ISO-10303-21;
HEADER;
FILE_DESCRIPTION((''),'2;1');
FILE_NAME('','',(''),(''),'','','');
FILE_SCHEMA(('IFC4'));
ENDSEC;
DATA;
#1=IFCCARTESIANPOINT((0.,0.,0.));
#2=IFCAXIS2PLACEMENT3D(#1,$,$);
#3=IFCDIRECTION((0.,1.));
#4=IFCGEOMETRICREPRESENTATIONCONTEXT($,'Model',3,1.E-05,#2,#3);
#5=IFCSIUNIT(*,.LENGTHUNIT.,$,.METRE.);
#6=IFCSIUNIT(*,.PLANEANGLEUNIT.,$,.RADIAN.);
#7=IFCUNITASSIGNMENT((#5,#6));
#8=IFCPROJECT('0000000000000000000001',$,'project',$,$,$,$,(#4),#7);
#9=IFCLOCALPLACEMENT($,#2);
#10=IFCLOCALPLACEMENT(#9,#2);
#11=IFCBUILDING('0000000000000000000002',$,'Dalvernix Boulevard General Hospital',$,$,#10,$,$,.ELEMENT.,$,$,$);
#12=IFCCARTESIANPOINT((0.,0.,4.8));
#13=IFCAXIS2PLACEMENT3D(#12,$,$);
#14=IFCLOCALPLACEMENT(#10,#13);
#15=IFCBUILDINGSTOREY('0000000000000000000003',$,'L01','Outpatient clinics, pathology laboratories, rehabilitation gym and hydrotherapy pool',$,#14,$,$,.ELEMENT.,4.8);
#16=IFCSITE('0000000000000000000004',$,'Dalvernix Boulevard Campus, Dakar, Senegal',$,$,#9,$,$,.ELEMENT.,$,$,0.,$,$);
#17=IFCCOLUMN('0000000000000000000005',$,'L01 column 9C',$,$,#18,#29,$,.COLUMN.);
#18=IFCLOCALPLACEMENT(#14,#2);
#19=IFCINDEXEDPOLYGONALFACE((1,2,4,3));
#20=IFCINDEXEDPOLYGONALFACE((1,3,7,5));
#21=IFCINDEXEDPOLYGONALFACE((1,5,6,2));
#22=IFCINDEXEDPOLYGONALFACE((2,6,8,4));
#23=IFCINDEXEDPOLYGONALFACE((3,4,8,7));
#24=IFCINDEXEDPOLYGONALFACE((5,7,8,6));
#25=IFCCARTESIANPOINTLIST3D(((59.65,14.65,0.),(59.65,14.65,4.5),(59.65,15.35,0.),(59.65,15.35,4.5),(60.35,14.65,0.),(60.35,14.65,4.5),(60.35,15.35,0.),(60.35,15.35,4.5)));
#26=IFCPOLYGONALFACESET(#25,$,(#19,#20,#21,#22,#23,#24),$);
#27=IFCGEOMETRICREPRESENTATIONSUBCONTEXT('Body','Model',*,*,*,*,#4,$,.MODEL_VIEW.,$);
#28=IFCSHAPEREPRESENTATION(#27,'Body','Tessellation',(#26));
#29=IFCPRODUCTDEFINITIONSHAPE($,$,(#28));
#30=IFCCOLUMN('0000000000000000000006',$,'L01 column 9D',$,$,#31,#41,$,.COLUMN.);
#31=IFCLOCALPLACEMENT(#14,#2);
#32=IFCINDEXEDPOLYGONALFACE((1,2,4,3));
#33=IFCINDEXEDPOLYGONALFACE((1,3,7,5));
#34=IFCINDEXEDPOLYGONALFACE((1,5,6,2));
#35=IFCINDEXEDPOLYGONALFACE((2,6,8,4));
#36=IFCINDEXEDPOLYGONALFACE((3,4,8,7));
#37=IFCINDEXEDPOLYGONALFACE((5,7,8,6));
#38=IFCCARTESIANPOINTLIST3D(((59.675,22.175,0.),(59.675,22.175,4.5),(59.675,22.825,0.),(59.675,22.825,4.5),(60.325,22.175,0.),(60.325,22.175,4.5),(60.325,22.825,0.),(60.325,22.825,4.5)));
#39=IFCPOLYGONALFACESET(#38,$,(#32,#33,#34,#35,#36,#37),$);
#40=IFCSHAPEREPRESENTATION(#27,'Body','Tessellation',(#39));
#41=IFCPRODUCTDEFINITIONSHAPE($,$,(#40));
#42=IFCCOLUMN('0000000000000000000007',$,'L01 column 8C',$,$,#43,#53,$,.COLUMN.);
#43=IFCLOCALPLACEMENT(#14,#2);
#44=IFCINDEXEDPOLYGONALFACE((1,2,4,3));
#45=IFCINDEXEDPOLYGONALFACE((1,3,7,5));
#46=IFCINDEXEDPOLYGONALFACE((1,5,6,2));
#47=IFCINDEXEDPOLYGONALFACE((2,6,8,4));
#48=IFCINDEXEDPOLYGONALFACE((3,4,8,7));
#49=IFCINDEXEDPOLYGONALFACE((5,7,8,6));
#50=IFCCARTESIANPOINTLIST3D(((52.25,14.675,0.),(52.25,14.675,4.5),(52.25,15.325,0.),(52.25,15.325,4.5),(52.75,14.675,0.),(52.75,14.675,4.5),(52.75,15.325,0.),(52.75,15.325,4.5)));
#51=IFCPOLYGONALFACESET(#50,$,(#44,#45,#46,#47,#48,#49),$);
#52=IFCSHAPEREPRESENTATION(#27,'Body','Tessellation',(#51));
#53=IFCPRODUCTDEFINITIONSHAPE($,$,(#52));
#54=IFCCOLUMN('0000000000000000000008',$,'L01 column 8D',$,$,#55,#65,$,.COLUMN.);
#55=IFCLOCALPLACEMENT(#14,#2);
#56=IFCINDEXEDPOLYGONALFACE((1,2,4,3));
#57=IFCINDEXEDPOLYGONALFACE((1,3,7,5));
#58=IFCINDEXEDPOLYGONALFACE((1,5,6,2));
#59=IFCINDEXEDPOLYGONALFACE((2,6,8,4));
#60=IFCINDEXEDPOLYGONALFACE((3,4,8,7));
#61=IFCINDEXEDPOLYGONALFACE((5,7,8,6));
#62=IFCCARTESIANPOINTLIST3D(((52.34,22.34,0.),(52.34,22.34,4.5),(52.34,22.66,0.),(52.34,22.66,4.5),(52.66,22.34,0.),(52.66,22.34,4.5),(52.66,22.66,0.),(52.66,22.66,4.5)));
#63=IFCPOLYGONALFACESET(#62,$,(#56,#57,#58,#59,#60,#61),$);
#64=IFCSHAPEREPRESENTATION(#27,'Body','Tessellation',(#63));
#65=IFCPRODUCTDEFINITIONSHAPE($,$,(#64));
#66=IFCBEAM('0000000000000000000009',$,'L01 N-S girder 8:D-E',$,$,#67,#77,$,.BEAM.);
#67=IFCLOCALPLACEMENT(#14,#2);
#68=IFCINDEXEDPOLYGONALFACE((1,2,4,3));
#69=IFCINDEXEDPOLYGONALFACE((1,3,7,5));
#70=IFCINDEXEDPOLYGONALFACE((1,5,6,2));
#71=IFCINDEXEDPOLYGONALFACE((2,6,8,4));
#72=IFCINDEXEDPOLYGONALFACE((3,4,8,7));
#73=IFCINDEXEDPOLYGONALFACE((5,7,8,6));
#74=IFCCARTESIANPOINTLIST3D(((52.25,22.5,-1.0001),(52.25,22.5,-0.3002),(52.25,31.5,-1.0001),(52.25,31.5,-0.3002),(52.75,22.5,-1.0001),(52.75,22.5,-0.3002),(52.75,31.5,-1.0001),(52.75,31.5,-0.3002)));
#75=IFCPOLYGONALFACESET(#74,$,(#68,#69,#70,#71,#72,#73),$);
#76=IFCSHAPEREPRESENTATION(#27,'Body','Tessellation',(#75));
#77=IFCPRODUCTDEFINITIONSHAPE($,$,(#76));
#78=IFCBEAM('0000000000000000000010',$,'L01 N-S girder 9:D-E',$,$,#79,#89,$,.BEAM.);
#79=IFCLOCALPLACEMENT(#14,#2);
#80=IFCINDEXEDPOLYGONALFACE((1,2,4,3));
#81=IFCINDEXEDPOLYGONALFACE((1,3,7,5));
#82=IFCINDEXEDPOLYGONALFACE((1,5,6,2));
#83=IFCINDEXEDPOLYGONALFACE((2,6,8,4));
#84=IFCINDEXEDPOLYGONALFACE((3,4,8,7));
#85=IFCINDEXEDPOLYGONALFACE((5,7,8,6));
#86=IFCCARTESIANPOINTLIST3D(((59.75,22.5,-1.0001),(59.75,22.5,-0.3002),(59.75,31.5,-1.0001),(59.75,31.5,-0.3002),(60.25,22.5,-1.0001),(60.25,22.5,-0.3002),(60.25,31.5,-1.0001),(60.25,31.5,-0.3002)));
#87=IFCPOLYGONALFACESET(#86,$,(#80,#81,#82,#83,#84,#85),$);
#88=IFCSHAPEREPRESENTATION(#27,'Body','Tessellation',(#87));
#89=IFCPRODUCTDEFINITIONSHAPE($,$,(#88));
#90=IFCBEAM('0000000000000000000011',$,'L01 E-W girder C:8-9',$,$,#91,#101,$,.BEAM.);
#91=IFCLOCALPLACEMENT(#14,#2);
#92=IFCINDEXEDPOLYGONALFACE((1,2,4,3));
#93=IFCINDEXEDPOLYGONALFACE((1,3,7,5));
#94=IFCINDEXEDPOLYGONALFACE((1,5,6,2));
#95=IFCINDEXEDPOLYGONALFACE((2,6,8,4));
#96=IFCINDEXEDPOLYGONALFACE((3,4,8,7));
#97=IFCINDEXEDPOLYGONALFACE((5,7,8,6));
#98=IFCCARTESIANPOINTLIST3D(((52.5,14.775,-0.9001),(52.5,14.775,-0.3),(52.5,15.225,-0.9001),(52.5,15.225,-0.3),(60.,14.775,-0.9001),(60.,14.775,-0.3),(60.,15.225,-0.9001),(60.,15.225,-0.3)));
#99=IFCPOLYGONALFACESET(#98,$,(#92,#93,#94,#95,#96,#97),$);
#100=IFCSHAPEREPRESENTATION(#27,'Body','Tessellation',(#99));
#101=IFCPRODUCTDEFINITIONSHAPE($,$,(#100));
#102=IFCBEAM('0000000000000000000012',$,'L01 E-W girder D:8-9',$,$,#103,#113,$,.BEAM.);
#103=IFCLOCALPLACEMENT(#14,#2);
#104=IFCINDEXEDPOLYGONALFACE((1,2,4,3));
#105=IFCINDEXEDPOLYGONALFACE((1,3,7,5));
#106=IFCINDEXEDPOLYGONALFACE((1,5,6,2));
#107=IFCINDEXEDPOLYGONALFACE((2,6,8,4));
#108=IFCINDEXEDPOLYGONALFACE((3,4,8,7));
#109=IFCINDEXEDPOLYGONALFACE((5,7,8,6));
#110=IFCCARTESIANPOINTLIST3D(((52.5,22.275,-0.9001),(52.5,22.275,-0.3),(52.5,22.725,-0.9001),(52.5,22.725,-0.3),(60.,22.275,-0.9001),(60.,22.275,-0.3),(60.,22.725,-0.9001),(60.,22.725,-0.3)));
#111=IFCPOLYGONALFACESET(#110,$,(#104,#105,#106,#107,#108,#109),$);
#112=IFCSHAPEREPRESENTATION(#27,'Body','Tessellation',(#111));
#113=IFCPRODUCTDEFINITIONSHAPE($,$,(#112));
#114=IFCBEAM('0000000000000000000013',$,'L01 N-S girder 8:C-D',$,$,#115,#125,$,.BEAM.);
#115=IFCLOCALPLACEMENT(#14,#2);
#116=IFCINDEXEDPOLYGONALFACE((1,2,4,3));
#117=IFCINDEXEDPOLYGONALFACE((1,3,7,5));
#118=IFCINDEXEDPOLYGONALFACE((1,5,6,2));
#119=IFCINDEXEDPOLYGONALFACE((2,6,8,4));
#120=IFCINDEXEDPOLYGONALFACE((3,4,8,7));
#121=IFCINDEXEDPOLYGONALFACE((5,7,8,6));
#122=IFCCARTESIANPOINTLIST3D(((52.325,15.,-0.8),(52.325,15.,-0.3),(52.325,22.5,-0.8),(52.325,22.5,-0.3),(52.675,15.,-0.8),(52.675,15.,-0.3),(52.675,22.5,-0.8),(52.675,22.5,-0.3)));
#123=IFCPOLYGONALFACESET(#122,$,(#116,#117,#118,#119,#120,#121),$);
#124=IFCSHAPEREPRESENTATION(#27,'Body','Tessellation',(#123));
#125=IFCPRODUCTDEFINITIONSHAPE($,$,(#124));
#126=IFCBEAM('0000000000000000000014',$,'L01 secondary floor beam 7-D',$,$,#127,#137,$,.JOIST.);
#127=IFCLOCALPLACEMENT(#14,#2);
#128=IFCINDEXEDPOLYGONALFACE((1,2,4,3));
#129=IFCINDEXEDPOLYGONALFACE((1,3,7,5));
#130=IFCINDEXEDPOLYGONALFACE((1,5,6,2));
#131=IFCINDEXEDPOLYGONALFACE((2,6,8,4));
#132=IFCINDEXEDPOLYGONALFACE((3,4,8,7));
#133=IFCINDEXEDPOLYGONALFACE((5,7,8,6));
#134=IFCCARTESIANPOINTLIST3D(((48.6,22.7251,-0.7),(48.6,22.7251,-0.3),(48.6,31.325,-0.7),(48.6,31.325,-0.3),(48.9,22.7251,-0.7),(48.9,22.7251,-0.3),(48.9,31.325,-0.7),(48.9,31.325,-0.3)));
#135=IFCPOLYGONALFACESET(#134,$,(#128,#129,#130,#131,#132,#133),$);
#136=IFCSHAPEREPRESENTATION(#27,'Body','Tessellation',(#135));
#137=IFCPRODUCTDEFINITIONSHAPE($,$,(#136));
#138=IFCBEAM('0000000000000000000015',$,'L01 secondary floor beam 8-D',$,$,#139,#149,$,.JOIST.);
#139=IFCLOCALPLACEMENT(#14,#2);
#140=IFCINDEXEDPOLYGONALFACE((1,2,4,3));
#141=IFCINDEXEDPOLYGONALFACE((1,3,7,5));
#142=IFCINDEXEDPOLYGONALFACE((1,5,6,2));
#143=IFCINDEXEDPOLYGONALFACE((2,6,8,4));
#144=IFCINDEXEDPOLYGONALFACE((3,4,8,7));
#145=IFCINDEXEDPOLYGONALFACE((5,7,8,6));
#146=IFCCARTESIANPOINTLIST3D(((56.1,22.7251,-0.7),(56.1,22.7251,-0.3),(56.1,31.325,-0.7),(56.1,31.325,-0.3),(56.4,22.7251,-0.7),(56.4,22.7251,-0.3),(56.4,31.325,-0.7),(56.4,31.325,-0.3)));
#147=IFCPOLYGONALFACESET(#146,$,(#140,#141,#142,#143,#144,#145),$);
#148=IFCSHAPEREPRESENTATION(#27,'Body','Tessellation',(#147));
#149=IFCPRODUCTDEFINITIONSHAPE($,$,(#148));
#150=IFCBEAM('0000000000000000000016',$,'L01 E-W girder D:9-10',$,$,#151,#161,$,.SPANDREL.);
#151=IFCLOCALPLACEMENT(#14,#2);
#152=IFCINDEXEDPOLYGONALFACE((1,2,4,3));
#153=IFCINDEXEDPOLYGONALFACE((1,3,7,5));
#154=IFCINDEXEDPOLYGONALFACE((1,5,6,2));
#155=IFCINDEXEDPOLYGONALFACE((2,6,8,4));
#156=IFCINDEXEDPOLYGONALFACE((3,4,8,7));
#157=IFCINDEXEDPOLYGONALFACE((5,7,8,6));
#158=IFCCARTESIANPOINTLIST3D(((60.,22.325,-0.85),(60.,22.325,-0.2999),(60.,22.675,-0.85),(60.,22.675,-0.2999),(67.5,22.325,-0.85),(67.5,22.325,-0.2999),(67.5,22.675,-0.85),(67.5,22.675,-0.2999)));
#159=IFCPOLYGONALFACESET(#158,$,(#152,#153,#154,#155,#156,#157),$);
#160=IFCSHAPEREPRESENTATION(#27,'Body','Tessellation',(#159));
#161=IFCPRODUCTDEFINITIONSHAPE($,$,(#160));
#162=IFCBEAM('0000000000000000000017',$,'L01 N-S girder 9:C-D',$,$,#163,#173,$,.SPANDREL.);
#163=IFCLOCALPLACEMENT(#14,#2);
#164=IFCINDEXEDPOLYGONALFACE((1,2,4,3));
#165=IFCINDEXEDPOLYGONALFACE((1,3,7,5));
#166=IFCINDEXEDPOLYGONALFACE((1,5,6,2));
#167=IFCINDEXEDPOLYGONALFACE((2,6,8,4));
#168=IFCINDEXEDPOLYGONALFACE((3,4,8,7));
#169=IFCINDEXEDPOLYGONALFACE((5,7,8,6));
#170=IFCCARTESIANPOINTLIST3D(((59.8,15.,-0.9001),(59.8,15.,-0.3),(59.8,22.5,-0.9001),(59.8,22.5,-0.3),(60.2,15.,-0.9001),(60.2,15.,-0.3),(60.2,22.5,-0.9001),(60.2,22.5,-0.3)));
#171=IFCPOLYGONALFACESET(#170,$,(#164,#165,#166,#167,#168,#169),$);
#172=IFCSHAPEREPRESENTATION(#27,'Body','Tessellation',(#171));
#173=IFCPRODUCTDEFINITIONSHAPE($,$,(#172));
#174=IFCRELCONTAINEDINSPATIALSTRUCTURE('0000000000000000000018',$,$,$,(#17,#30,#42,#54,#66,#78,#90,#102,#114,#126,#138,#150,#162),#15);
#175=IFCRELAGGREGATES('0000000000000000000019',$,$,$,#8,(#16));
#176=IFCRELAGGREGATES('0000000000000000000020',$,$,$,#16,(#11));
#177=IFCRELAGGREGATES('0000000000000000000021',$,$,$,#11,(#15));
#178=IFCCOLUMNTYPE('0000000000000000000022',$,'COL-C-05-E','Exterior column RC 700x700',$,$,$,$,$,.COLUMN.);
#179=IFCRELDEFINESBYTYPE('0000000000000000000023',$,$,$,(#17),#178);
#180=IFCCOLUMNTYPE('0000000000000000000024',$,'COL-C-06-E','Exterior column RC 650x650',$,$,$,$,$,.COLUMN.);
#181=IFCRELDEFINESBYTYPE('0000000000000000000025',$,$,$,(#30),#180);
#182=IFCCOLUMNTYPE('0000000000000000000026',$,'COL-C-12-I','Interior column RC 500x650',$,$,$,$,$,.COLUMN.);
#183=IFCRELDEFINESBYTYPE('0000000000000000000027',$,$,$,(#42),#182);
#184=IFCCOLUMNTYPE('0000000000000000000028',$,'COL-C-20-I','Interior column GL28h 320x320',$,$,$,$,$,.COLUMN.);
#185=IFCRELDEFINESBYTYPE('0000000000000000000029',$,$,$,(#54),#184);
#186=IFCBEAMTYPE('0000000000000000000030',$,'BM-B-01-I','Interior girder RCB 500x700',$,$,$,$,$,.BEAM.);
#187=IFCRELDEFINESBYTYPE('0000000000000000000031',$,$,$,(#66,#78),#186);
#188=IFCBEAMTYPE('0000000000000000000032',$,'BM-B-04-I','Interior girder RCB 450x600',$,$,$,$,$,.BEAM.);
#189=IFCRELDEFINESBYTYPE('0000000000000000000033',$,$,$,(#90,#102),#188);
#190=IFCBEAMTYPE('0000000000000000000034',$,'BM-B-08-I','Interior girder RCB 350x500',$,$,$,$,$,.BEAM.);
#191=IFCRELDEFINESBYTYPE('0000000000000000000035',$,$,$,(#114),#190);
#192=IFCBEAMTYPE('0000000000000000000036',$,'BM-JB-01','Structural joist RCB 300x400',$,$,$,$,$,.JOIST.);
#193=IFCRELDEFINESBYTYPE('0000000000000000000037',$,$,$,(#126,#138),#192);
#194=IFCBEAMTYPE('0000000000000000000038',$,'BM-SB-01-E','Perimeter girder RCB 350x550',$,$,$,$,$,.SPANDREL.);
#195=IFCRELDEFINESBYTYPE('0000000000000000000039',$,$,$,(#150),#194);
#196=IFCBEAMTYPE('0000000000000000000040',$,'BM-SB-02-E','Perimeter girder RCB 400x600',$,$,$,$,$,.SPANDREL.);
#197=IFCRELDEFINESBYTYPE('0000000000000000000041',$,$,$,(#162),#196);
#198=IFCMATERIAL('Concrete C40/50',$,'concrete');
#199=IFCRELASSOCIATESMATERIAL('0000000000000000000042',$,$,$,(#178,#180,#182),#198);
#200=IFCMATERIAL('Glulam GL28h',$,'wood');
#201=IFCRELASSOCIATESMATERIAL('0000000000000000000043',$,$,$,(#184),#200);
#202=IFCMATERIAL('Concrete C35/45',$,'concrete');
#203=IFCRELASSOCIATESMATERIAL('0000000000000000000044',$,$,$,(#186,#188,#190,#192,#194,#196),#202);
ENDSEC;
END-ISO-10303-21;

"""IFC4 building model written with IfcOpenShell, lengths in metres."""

from ifc_helpers import new_model, si_unit, direction, frame, origin, origin_2d, place, context, subcontext, project, spatial, rectangle, extrude, material, material_profile, profile_set, type_object, element, save


model = new_model("IFC4")

# Units and contexts
model_context = context("Model", 3, precision=1e-05, world=origin(), true_north=direction((0.0, 1.0)))
body_context = subcontext(model_context, "Body", "Model", "MODEL_VIEW")
ifc_project = project(units=[si_unit("LENGTHUNIT", "METRE"), si_unit("PLANEANGLEUNIT", "RADIAN")], contexts=[model_context])

# Site, building, storey
site_placement = place(None, origin())
site = spatial("IfcSite", under=ifc_project, at=site_placement, Name="Dalvernix Boulevard Campus, Dakar, Senegal", CompositionType="ELEMENT", RefElevation=0.0)
building_placement = place(site_placement, origin())
building = spatial("IfcBuilding", under=site, at=building_placement, Name="Dalvernix Boulevard General Hospital", CompositionType="ELEMENT")
storey_placement = place(building_placement, frame((0.0, 0.0, 4.8)))
storey = spatial("IfcBuildingStorey", under=building, at=storey_placement, Name="L01", Description="Outpatient clinics, pathology laboratories, rehabilitation gym and hydrotherapy pool", CompositionType="ELEMENT", Elevation=4.8)

# Columns
ifc_material_1 = material(Name="Concrete C40/50", Category="concrete")
ifc_material_profile_1 = material_profile(ifc_material_1, rectangle(XDim=0.7, YDim=0.7, at=origin_2d()), Name="RC 700x700")
ifc_profile_set_1 = profile_set([ifc_material_profile_1], Name="Concrete C40/50")
column_type_1 = type_object("IfcColumnType", Name="COL-C-05-E", Description="Exterior column RC 700x700", PredefinedType="COLUMN", material=ifc_profile_set_1)
column_1_placement = place(storey_placement, frame((60.0, 15.0, 0.0), z_axis=(0.0, 0.0, 1.0), x_axis=(1.0, 0.0, 0.0)))
element("IfcColumn", 1, at=column_1_placement, inside=storey, type_object=column_type_1, Name="L01 column 9C", PredefinedType="COLUMN", context=body_context, shape_type="SweptSolid", body=[
    extrude(rectangle(XDim=0.7, YDim=0.7, at=origin_2d()), origin(), (0.0, 0.0, 1.0), 4.5),
])
ifc_material_profile_2 = material_profile(ifc_material_1, rectangle(XDim=0.6499, YDim=0.6499, at=origin_2d()), Name="RC 650x650")
ifc_profile_set_2 = profile_set([ifc_material_profile_2], Name="Concrete C40/50")
column_type_2 = type_object("IfcColumnType", Name="COL-C-06-E", Description="Exterior column RC 650x650", PredefinedType="COLUMN", material=ifc_profile_set_2)
column_2_placement = place(storey_placement, frame((60.0, 22.5, 0.0), z_axis=(0.0, 0.0, 1.0), x_axis=(1.0, 0.0, 0.0)))
element("IfcColumn", 2, at=column_2_placement, inside=storey, type_object=column_type_2, Name="L01 column 9D", PredefinedType="COLUMN", context=body_context, shape_type="SweptSolid", body=[
    extrude(rectangle(XDim=0.6499, YDim=0.6499, at=origin_2d()), origin(), (0.0, 0.0, 1.0), 4.5),
])
ifc_material_profile_3 = material_profile(ifc_material_1, rectangle(XDim=0.5, YDim=0.6499, at=origin_2d()), Name="RC 500x650")
ifc_profile_set_3 = profile_set([ifc_material_profile_3], Name="Concrete C40/50")
column_type_3 = type_object("IfcColumnType", Name="COL-C-12-I", Description="Interior column RC 500x650", PredefinedType="COLUMN", material=ifc_profile_set_3)
column_3_placement = place(storey_placement, frame((52.5, 15.0, 0.0), z_axis=(0.0, 0.0, 1.0), x_axis=(1.0, 0.0, 0.0)))
element("IfcColumn", 3, at=column_3_placement, inside=storey, type_object=column_type_3, Name="L01 column 8C", PredefinedType="COLUMN", context=body_context, shape_type="SweptSolid", body=[
    extrude(rectangle(XDim=0.5, YDim=0.6499, at=origin_2d()), origin(), (0.0, 0.0, 1.0), 4.5),
])
ifc_material_2 = material(Name="Glulam GL28h", Category="wood")
ifc_material_profile_4 = material_profile(ifc_material_2, rectangle(XDim=0.3201, YDim=0.3201, at=origin_2d()), Name="GL28h 320x320")
ifc_profile_set_4 = profile_set([ifc_material_profile_4], Name="Glulam GL28h")
column_type_4 = type_object("IfcColumnType", Name="COL-C-20-I", Description="Interior column GL28h 320x320", PredefinedType="COLUMN", material=ifc_profile_set_4)
column_4_placement = place(storey_placement, frame((52.5, 22.5, 0.0), z_axis=(0.0, 0.0, 1.0), x_axis=(1.0, 0.0, 0.0)))
element("IfcColumn", 4, at=column_4_placement, inside=storey, type_object=column_type_4, Name="L01 column 8D", PredefinedType="COLUMN", context=body_context, shape_type="SweptSolid", body=[
    extrude(rectangle(XDim=0.3201, YDim=0.3201, at=origin_2d()), origin(), (0.0, 0.0, 1.0), 4.5),
])

# Beams
ifc_material_3 = material(Name="Concrete C35/45", Category="concrete")
ifc_material_profile_5 = material_profile(ifc_material_3, rectangle(XDim=0.5, YDim=0.7, at=origin_2d()), Name="RCB 500x700")
ifc_profile_set_5 = profile_set([ifc_material_profile_5], Name="Concrete C35/45")
beam_type_1 = type_object("IfcBeamType", Name="BM-B-01-I", Description="Interior girder RCB 500x700", PredefinedType="BEAM", material=ifc_profile_set_5)
for number, where, z_axis, x_axis, name in (
    (5, (52.5, 22.5, -0.6501), (0.0, 1.0, 0.0), (-1.0, 0.0, 0.0), "L01 N-S girder 8:D-E"),
    (6, (60.0, 22.5, -0.6501), (0.0, 1.0, 0.0), (-1.0, 0.0, 0.0), "L01 N-S girder 9:D-E"),
):
    element("IfcBeam", number, at=place(storey_placement, frame(where, z_axis=z_axis, x_axis=x_axis)), inside=storey, type_object=beam_type_1, Name=name, PredefinedType="BEAM", context=body_context, shape_type="SweptSolid", body=[
        extrude(rectangle(XDim=0.5, YDim=0.7, at=origin_2d()), origin(), (0.0, 0.0, 1.0), 9.0),
    ])
ifc_material_profile_6 = material_profile(ifc_material_3, rectangle(XDim=0.45, YDim=0.6001, at=origin_2d()), Name="RCB 450x600")
ifc_profile_set_6 = profile_set([ifc_material_profile_6], Name="Concrete C35/45")
beam_type_2 = type_object("IfcBeamType", Name="BM-B-04-I", Description="Interior girder RCB 450x600", PredefinedType="BEAM", material=ifc_profile_set_6)
for number, where, z_axis, x_axis, name in (
    (7, (52.5, 15.0, -0.6001), (1.0, 0.0, 0.0), (0.0, 1.0, 0.0), "L01 E-W girder C:8-9"),
    (8, (52.5, 22.5, -0.6001), (1.0, 0.0, 0.0), (0.0, 1.0, 0.0), "L01 E-W girder D:8-9"),
):
    element("IfcBeam", number, at=place(storey_placement, frame(where, z_axis=z_axis, x_axis=x_axis)), inside=storey, type_object=beam_type_2, Name=name, PredefinedType="BEAM", context=body_context, shape_type="SweptSolid", body=[
        extrude(rectangle(XDim=0.45, YDim=0.6001, at=origin_2d()), origin(), (0.0, 0.0, 1.0), 7.5),
    ])
ifc_material_profile_7 = material_profile(ifc_material_3, rectangle(XDim=0.3501, YDim=0.5, at=origin_2d()), Name="RCB 350x500")
ifc_profile_set_7 = profile_set([ifc_material_profile_7], Name="Concrete C35/45")
beam_type_3 = type_object("IfcBeamType", Name="BM-B-08-I", Description="Interior girder RCB 350x500", PredefinedType="BEAM", material=ifc_profile_set_7)
beam_1_placement = place(storey_placement, frame((52.5, 15.0, -0.55), z_axis=(0.0, 1.0, 0.0), x_axis=(-1.0, 0.0, 0.0)))
element("IfcBeam", 9, at=beam_1_placement, inside=storey, type_object=beam_type_3, Name="L01 N-S girder 8:C-D", PredefinedType="BEAM", context=body_context, shape_type="SweptSolid", body=[
    extrude(rectangle(XDim=0.3501, YDim=0.5, at=origin_2d()), origin(), (0.0, 0.0, 1.0), 7.5),
])
ifc_material_profile_8 = material_profile(ifc_material_3, rectangle(XDim=0.3, YDim=0.3999, at=origin_2d()), Name="RCB 300x400")
ifc_profile_set_8 = profile_set([ifc_material_profile_8], Name="Concrete C35/45")
beam_type_4 = type_object("IfcBeamType", Name="BM-JB-01", Description="Structural joist RCB 300x400", PredefinedType="JOIST", material=ifc_profile_set_8)
for number, where, z_axis, x_axis, name in (
    (10, (48.75, 22.7251, -0.5), (0.0, 1.0, 0.0), (-1.0, 0.0, 0.0), "L01 secondary floor beam 7-D"),
    (11, (56.25, 22.7251, -0.5), (0.0, 1.0, 0.0), (-1.0, 0.0, 0.0), "L01 secondary floor beam 8-D"),
):
    element("IfcBeam", number, at=place(storey_placement, frame(where, z_axis=z_axis, x_axis=x_axis)), inside=storey, type_object=beam_type_4, Name=name, PredefinedType="JOIST", context=body_context, shape_type="SweptSolid", body=[
        extrude(rectangle(XDim=0.3, YDim=0.3999, at=origin_2d()), origin(), (0.0, 0.0, 1.0), 8.5999),
    ])
ifc_material_profile_9 = material_profile(ifc_material_3, rectangle(XDim=0.3501, YDim=0.55, at=origin_2d()), Name="RCB 350x550")
ifc_profile_set_9 = profile_set([ifc_material_profile_9], Name="Concrete C35/45")
beam_type_5 = type_object("IfcBeamType", Name="BM-SB-01-E", Description="Perimeter girder RCB 350x550", PredefinedType="SPANDREL", material=ifc_profile_set_9)
beam_2_placement = place(storey_placement, frame((60.0, 22.5, -0.575), z_axis=(1.0, 0.0, 0.0), x_axis=(0.0, 1.0, 0.0)))
element("IfcBeam", 12, at=beam_2_placement, inside=storey, type_object=beam_type_5, Name="L01 E-W girder D:9-10", PredefinedType="SPANDREL", context=body_context, shape_type="SweptSolid", body=[
    extrude(rectangle(XDim=0.3501, YDim=0.55, at=origin_2d()), origin(), (0.0, 0.0, 1.0), 7.5),
])
ifc_material_profile_10 = material_profile(ifc_material_3, rectangle(XDim=0.3999, YDim=0.6001, at=origin_2d()), Name="RCB 400x600")
ifc_profile_set_10 = profile_set([ifc_material_profile_10], Name="Concrete C35/45")
beam_type_6 = type_object("IfcBeamType", Name="BM-SB-02-E", Description="Perimeter girder RCB 400x600", PredefinedType="SPANDREL", material=ifc_profile_set_10)
beam_3_placement = place(storey_placement, frame((60.0, 15.0, -0.6001), z_axis=(0.0, 1.0, 0.0), x_axis=(-1.0, 0.0, 0.0)))
element("IfcBeam", 13, at=beam_3_placement, inside=storey, type_object=beam_type_6, Name="L01 N-S girder 9:C-D", PredefinedType="SPANDREL", context=body_context, shape_type="SweptSolid", body=[
    extrude(rectangle(XDim=0.3999, YDim=0.6001, at=origin_2d()), origin(), (0.0, 0.0, 1.0), 7.5),
])

save(model, "model.ifc")
